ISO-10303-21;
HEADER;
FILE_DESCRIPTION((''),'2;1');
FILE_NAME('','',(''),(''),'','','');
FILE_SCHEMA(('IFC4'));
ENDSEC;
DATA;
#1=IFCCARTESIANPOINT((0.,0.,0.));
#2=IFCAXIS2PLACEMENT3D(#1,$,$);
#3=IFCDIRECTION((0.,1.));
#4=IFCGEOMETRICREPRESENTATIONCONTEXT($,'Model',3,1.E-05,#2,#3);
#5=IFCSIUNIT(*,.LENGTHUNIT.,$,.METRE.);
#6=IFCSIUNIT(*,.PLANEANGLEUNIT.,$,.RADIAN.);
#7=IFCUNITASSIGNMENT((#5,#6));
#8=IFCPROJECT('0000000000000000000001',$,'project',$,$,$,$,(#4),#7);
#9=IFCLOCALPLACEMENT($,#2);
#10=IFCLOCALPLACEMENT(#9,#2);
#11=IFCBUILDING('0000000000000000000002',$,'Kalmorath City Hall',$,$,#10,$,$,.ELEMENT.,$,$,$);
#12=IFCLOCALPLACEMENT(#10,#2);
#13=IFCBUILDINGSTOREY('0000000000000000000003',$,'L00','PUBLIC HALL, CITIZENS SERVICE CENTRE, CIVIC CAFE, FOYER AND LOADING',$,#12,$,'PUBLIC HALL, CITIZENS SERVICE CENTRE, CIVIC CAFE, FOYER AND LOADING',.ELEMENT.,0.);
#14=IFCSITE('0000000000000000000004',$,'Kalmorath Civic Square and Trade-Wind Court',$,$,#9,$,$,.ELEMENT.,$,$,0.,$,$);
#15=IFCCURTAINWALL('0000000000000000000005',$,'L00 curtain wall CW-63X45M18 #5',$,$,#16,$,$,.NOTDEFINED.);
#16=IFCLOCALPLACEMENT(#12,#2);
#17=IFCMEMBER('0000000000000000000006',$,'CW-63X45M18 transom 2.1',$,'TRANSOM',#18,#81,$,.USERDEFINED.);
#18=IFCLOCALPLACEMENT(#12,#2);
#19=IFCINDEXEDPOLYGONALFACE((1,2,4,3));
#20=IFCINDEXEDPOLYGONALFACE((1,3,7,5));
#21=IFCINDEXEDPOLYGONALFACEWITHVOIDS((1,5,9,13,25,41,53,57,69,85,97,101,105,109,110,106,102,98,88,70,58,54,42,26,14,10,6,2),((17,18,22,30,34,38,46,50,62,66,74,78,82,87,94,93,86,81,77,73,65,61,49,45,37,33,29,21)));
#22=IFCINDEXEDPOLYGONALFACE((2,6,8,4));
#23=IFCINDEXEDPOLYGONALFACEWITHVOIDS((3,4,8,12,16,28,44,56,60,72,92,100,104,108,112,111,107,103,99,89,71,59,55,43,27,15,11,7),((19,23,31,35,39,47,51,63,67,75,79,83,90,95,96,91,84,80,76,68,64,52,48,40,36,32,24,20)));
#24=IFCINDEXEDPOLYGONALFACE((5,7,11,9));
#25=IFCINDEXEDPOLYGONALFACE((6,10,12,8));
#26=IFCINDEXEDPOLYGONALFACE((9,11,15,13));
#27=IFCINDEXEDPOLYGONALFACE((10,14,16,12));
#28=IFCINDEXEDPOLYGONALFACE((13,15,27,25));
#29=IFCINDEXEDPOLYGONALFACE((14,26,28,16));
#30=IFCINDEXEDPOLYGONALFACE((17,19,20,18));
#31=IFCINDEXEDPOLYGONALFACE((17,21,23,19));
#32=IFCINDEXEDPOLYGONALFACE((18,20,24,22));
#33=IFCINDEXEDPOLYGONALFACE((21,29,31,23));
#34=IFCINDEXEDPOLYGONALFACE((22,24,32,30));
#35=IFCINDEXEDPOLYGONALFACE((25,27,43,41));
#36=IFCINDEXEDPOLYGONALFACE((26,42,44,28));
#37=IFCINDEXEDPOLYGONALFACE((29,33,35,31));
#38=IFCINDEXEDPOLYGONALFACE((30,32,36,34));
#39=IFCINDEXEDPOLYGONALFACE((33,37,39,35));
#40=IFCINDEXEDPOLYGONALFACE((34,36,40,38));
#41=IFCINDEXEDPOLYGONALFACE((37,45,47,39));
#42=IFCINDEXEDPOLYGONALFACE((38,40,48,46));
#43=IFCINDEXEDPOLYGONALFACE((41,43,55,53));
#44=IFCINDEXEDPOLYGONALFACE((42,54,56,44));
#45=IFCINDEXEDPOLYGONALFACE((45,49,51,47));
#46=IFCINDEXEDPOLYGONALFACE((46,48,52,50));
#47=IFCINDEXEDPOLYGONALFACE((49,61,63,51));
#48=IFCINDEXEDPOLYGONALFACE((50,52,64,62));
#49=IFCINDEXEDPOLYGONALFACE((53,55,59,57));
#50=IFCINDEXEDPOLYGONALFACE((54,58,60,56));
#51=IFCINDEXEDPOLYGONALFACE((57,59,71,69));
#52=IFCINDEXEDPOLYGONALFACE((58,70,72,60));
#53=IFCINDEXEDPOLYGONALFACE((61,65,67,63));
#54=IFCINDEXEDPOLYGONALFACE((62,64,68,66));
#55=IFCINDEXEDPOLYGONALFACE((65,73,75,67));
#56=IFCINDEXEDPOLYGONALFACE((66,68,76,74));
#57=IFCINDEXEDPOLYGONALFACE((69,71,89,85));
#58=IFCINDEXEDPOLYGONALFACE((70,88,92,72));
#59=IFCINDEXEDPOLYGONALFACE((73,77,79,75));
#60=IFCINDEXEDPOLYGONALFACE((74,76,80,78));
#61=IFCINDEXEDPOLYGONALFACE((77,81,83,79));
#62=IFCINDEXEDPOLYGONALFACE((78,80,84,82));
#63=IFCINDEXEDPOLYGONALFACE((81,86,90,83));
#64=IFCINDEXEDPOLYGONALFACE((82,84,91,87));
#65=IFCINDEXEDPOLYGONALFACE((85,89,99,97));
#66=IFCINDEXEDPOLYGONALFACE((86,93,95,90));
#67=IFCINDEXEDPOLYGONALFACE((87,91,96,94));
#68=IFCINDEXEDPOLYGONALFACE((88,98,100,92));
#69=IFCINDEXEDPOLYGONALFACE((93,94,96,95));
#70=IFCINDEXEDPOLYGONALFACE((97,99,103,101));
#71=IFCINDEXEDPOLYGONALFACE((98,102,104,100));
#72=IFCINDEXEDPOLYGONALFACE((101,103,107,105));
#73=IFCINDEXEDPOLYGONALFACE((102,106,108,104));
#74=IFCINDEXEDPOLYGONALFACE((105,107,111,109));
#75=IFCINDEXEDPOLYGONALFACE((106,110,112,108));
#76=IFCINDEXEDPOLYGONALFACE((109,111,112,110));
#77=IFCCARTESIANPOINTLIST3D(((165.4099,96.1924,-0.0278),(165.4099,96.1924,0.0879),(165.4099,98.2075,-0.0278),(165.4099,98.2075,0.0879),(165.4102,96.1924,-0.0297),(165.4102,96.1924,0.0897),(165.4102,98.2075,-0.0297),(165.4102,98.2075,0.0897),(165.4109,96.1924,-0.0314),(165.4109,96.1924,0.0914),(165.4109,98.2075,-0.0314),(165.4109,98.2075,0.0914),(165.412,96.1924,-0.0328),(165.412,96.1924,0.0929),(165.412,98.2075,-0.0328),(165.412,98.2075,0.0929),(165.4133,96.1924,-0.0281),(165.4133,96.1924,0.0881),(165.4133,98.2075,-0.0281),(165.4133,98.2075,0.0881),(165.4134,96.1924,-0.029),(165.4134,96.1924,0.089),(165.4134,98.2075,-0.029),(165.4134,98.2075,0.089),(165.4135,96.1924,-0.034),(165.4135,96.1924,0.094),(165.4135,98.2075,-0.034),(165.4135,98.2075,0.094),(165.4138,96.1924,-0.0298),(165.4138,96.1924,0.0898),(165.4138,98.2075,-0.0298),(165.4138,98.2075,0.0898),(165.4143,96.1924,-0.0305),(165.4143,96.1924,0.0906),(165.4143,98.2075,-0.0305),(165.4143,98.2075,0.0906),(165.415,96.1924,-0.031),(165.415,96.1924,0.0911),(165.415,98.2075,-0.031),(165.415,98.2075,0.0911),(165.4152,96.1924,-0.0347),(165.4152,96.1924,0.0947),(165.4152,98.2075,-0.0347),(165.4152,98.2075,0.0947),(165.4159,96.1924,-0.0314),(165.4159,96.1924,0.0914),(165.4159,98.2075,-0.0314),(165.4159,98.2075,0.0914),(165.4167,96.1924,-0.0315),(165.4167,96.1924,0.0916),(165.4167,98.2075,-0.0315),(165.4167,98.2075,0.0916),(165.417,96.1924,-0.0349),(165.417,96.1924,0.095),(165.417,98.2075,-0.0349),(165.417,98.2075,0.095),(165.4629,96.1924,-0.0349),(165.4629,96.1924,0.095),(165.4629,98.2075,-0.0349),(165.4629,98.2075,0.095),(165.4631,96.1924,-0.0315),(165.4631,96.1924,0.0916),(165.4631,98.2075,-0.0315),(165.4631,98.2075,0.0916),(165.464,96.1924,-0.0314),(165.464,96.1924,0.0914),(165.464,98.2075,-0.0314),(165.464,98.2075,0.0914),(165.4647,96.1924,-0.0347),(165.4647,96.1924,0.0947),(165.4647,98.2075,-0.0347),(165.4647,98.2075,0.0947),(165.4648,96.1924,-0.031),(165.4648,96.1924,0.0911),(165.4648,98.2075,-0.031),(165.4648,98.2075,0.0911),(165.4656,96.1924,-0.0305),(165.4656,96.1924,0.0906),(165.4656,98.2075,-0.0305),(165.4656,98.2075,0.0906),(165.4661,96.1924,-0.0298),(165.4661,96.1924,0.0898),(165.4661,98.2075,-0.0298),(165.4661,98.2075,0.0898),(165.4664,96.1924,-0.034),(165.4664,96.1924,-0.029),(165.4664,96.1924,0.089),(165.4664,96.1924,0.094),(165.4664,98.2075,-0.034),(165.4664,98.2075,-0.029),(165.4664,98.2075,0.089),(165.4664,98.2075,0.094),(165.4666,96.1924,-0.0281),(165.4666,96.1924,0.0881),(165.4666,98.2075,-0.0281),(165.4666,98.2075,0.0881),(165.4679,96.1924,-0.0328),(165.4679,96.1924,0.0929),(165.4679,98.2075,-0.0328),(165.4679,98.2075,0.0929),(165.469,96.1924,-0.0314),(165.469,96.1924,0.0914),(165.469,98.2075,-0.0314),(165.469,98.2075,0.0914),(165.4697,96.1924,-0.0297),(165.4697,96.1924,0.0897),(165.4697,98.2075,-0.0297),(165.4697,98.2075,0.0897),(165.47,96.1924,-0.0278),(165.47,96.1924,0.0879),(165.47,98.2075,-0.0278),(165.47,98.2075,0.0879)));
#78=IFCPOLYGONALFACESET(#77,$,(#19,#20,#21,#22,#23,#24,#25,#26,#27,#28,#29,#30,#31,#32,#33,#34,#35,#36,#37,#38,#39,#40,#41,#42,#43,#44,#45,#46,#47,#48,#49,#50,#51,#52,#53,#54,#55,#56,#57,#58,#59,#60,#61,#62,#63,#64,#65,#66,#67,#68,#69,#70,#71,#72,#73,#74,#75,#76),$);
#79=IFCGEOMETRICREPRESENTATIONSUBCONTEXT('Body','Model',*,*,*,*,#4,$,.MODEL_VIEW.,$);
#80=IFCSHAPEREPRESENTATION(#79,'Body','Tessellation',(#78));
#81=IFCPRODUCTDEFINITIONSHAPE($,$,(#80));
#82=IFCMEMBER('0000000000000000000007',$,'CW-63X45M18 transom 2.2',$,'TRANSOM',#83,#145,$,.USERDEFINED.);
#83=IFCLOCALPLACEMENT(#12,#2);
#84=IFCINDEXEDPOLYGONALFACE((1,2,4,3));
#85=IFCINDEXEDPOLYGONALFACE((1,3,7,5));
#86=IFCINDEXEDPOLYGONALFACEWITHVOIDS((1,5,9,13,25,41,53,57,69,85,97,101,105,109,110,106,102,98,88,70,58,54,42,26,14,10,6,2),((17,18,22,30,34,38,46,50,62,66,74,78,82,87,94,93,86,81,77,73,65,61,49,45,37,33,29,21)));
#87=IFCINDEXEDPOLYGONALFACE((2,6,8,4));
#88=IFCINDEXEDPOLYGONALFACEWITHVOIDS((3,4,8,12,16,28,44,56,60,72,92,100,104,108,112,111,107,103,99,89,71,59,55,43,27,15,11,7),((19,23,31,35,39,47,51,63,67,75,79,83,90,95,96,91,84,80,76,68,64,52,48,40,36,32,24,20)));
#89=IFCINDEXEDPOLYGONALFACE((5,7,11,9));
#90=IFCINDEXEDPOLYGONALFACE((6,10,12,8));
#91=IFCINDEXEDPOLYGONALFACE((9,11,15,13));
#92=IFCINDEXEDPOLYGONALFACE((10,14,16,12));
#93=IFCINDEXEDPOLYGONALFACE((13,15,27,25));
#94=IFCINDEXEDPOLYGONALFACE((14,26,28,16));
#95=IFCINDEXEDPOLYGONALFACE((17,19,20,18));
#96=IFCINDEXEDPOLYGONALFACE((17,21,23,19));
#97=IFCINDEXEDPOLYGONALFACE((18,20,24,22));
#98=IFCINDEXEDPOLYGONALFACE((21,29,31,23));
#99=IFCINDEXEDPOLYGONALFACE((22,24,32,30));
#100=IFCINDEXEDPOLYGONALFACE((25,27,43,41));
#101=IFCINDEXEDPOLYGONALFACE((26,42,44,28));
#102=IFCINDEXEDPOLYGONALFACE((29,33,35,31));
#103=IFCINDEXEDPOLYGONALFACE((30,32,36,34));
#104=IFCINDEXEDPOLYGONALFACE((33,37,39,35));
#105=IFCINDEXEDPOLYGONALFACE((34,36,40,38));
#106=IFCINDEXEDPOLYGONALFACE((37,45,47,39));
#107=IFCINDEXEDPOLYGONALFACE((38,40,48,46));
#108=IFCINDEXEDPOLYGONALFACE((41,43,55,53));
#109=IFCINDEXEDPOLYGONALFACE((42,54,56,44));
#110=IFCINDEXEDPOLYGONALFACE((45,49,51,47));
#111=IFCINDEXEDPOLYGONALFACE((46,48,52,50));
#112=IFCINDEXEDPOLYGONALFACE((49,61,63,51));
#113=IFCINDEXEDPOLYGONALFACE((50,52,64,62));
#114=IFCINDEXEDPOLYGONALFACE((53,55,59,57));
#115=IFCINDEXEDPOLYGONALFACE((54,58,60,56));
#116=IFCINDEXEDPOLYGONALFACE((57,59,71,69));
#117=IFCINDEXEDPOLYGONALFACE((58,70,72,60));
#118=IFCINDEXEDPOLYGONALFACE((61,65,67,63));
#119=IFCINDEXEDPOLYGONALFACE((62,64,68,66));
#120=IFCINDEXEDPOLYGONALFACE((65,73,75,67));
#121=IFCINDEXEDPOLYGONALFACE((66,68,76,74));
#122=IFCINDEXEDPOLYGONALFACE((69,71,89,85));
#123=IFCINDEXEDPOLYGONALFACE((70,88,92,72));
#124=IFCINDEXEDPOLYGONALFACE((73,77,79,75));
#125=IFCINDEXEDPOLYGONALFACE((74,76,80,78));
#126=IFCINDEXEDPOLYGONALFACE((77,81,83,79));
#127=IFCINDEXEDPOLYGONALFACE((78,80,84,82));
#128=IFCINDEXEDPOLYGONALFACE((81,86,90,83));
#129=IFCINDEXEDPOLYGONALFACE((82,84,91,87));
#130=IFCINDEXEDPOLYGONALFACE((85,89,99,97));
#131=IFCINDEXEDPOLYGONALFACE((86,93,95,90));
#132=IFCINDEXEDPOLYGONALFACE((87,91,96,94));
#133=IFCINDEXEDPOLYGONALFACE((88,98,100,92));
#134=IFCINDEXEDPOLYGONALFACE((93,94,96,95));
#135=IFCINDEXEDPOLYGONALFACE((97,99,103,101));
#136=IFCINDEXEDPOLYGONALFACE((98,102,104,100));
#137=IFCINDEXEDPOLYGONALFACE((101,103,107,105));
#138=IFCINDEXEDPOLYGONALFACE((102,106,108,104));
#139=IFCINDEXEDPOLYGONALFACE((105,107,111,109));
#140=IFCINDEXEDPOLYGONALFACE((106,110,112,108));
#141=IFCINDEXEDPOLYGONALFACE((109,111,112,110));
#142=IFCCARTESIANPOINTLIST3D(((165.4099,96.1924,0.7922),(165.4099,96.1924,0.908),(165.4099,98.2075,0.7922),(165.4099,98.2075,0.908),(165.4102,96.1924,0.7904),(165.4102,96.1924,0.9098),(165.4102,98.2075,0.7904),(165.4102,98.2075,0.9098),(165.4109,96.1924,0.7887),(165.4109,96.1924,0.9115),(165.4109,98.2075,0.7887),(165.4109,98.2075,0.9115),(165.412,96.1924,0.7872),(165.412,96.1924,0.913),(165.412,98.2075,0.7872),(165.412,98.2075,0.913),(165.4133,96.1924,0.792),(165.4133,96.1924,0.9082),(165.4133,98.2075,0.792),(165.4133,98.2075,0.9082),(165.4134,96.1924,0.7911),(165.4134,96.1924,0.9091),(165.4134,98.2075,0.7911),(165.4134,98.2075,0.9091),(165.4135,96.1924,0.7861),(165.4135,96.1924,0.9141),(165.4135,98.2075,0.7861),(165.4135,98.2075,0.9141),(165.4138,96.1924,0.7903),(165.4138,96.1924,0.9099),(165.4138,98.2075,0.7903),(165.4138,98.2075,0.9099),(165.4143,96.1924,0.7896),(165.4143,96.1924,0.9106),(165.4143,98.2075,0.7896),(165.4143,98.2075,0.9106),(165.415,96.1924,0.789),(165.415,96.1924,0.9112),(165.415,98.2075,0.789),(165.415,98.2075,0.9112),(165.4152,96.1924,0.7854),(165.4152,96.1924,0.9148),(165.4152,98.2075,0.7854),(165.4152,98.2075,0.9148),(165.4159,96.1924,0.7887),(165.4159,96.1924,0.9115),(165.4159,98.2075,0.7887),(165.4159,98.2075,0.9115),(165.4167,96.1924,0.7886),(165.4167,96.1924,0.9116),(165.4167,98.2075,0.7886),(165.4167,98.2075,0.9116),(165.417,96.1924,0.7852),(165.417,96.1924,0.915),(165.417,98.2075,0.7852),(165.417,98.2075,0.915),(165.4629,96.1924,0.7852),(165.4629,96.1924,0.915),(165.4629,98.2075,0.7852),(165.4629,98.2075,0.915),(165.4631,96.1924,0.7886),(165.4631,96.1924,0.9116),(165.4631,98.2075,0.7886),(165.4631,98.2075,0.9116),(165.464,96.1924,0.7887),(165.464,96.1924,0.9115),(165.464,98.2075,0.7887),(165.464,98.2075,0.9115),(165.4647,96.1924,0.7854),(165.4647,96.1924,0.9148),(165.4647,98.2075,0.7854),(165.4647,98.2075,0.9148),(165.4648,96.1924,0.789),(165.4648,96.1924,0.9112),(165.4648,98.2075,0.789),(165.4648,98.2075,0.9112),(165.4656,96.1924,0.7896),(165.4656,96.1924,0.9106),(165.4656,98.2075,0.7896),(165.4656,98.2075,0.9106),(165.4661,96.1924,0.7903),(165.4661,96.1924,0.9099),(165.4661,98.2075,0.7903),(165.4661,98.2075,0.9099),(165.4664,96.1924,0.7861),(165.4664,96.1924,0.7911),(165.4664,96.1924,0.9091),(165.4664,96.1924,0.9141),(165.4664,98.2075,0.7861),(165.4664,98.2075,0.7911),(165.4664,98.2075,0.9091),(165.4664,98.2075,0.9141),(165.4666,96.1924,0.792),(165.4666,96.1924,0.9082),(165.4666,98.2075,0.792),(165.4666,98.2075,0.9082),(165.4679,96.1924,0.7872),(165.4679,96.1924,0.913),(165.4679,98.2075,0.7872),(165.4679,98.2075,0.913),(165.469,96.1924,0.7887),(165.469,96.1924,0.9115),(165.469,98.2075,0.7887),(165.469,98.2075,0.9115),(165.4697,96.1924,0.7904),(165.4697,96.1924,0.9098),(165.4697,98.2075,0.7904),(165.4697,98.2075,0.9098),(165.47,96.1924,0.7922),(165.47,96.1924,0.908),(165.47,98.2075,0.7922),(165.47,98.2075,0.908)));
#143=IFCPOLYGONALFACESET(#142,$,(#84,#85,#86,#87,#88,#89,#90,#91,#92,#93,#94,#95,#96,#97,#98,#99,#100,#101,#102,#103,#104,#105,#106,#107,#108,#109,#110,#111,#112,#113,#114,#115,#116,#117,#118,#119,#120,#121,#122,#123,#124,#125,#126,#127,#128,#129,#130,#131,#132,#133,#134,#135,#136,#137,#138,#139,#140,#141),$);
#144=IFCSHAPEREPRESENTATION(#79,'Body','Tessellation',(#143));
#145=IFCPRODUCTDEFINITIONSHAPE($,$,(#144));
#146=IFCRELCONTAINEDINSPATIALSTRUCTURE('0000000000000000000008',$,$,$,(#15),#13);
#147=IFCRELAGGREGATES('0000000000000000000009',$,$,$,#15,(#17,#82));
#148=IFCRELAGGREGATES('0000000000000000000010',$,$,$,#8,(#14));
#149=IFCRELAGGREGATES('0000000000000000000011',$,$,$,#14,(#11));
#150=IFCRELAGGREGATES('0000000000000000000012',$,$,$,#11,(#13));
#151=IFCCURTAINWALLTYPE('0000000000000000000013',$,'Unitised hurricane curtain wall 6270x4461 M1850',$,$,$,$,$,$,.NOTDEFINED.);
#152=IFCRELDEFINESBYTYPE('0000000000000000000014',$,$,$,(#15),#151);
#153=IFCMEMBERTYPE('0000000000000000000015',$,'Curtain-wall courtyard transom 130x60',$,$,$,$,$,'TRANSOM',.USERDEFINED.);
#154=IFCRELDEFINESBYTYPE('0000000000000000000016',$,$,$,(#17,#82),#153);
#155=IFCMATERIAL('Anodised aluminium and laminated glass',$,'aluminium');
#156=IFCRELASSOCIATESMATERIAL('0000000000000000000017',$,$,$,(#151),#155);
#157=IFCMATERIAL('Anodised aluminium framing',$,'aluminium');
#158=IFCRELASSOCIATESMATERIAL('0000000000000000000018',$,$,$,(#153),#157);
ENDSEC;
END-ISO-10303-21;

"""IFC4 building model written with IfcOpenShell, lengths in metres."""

from ifc_helpers import new_model, si_unit, direction, frame, origin, origin_2d, place, context, subcontext, project, spatial, hollow_rectangle, extrude, material, material_profile, profile_set, type_object, element, aggregate, save


model = new_model("IFC4")

# Units and contexts
model_context = context("Model", 3, precision=1e-05, world=origin(), true_north=direction((0.0, 1.0)))
body_context = subcontext(model_context, "Body", "Model", "MODEL_VIEW")
ifc_project = project(units=[si_unit("LENGTHUNIT", "METRE"), si_unit("PLANEANGLEUNIT", "RADIAN")], contexts=[model_context])

# Site, building, storey
site_placement = place(None, origin())
site = spatial("IfcSite", under=ifc_project, at=site_placement, Name="Kalmorath Civic Square and Trade-Wind Court", CompositionType="ELEMENT", RefElevation=0.0)
building_placement = place(site_placement, origin())
building = spatial("IfcBuilding", under=site, at=building_placement, Name="Kalmorath City Hall", CompositionType="ELEMENT")
storey_placement = place(building_placement, origin())
storey = spatial("IfcBuildingStorey", under=building, at=storey_placement, Name="L00", Description="PUBLIC HALL, CITIZENS SERVICE CENTRE, CIVIC CAFE, FOYER AND LOADING", LongName="PUBLIC HALL, CITIZENS SERVICE CENTRE, CIVIC CAFE, FOYER AND LOADING", CompositionType="ELEMENT", Elevation=0.0)

# Curtain wall, members
ifc_material_1 = material(Name="Anodised aluminium and laminated glass", Category="aluminium")
curtain_wall_type_1 = type_object("IfcCurtainWallType", Name="Unitised hurricane curtain wall 6270x4461 M1850", PredefinedType="NOTDEFINED", material=ifc_material_1)
curtain_wall_1_placement = place(storey_placement, origin())
curtain_wall_1 = element("IfcCurtainWall", 1, at=curtain_wall_1_placement, inside=storey, type_object=curtain_wall_type_1, Name="L00 curtain wall CW-63X45M18 #5", PredefinedType="NOTDEFINED")
ifc_material_2 = material(Name="Anodised aluminium framing", Category="aluminium")
ifc_material_profile_1 = material_profile(ifc_material_2, hollow_rectangle(XDim=0.0601, YDim=0.1299, WallThickness=0.0034, InnerFilletRadius=0.0034, OuterFilletRadius=0.0071, at=origin_2d()), Name="ALU-TRN-130X60X3.5")
ifc_profile_set_1 = profile_set([ifc_material_profile_1], Name="Anodised aluminium framing")
member_type_1 = type_object("IfcMemberType", Name="Curtain-wall courtyard transom 130x60", ElementType="TRANSOM", PredefinedType="USERDEFINED", material=ifc_profile_set_1)
member_1_placement = place(storey_placement, frame((165.4399, 98.2075, 0.03), z_axis=(0.0, -1.0, 0.0), x_axis=(1.0, 0.0, 0.0)))
member_1 = element("IfcMember", 2, at=member_1_placement, type_object=member_type_1, Name="CW-63X45M18 transom 2.1", ObjectType="TRANSOM", PredefinedType="USERDEFINED", context=body_context, shape_type="SweptSolid", body=[
    extrude(hollow_rectangle(XDim=0.0601, YDim=0.1299, WallThickness=0.0034, InnerFilletRadius=0.0034, OuterFilletRadius=0.0071, at=origin_2d()), origin(), (0.0, 0.0, 1.0), 2.0151),
])
member_2_placement = place(storey_placement, frame((165.4399, 98.2075, 0.8501), z_axis=(0.0, -1.0, 0.0), x_axis=(1.0, 0.0, 0.0)))
member_2 = element("IfcMember", 3, at=member_2_placement, type_object=member_type_1, Name="CW-63X45M18 transom 2.2", ObjectType="TRANSOM", PredefinedType="USERDEFINED", context=body_context, shape_type="SweptSolid", body=[
    extrude(hollow_rectangle(XDim=0.0601, YDim=0.1299, WallThickness=0.0034, InnerFilletRadius=0.0034, OuterFilletRadius=0.0071, at=origin_2d()), origin(), (0.0, 0.0, 1.0), 2.0151),
])

aggregate(curtain_wall_1, [member_1, member_2])

save(model, "model.ifc")
